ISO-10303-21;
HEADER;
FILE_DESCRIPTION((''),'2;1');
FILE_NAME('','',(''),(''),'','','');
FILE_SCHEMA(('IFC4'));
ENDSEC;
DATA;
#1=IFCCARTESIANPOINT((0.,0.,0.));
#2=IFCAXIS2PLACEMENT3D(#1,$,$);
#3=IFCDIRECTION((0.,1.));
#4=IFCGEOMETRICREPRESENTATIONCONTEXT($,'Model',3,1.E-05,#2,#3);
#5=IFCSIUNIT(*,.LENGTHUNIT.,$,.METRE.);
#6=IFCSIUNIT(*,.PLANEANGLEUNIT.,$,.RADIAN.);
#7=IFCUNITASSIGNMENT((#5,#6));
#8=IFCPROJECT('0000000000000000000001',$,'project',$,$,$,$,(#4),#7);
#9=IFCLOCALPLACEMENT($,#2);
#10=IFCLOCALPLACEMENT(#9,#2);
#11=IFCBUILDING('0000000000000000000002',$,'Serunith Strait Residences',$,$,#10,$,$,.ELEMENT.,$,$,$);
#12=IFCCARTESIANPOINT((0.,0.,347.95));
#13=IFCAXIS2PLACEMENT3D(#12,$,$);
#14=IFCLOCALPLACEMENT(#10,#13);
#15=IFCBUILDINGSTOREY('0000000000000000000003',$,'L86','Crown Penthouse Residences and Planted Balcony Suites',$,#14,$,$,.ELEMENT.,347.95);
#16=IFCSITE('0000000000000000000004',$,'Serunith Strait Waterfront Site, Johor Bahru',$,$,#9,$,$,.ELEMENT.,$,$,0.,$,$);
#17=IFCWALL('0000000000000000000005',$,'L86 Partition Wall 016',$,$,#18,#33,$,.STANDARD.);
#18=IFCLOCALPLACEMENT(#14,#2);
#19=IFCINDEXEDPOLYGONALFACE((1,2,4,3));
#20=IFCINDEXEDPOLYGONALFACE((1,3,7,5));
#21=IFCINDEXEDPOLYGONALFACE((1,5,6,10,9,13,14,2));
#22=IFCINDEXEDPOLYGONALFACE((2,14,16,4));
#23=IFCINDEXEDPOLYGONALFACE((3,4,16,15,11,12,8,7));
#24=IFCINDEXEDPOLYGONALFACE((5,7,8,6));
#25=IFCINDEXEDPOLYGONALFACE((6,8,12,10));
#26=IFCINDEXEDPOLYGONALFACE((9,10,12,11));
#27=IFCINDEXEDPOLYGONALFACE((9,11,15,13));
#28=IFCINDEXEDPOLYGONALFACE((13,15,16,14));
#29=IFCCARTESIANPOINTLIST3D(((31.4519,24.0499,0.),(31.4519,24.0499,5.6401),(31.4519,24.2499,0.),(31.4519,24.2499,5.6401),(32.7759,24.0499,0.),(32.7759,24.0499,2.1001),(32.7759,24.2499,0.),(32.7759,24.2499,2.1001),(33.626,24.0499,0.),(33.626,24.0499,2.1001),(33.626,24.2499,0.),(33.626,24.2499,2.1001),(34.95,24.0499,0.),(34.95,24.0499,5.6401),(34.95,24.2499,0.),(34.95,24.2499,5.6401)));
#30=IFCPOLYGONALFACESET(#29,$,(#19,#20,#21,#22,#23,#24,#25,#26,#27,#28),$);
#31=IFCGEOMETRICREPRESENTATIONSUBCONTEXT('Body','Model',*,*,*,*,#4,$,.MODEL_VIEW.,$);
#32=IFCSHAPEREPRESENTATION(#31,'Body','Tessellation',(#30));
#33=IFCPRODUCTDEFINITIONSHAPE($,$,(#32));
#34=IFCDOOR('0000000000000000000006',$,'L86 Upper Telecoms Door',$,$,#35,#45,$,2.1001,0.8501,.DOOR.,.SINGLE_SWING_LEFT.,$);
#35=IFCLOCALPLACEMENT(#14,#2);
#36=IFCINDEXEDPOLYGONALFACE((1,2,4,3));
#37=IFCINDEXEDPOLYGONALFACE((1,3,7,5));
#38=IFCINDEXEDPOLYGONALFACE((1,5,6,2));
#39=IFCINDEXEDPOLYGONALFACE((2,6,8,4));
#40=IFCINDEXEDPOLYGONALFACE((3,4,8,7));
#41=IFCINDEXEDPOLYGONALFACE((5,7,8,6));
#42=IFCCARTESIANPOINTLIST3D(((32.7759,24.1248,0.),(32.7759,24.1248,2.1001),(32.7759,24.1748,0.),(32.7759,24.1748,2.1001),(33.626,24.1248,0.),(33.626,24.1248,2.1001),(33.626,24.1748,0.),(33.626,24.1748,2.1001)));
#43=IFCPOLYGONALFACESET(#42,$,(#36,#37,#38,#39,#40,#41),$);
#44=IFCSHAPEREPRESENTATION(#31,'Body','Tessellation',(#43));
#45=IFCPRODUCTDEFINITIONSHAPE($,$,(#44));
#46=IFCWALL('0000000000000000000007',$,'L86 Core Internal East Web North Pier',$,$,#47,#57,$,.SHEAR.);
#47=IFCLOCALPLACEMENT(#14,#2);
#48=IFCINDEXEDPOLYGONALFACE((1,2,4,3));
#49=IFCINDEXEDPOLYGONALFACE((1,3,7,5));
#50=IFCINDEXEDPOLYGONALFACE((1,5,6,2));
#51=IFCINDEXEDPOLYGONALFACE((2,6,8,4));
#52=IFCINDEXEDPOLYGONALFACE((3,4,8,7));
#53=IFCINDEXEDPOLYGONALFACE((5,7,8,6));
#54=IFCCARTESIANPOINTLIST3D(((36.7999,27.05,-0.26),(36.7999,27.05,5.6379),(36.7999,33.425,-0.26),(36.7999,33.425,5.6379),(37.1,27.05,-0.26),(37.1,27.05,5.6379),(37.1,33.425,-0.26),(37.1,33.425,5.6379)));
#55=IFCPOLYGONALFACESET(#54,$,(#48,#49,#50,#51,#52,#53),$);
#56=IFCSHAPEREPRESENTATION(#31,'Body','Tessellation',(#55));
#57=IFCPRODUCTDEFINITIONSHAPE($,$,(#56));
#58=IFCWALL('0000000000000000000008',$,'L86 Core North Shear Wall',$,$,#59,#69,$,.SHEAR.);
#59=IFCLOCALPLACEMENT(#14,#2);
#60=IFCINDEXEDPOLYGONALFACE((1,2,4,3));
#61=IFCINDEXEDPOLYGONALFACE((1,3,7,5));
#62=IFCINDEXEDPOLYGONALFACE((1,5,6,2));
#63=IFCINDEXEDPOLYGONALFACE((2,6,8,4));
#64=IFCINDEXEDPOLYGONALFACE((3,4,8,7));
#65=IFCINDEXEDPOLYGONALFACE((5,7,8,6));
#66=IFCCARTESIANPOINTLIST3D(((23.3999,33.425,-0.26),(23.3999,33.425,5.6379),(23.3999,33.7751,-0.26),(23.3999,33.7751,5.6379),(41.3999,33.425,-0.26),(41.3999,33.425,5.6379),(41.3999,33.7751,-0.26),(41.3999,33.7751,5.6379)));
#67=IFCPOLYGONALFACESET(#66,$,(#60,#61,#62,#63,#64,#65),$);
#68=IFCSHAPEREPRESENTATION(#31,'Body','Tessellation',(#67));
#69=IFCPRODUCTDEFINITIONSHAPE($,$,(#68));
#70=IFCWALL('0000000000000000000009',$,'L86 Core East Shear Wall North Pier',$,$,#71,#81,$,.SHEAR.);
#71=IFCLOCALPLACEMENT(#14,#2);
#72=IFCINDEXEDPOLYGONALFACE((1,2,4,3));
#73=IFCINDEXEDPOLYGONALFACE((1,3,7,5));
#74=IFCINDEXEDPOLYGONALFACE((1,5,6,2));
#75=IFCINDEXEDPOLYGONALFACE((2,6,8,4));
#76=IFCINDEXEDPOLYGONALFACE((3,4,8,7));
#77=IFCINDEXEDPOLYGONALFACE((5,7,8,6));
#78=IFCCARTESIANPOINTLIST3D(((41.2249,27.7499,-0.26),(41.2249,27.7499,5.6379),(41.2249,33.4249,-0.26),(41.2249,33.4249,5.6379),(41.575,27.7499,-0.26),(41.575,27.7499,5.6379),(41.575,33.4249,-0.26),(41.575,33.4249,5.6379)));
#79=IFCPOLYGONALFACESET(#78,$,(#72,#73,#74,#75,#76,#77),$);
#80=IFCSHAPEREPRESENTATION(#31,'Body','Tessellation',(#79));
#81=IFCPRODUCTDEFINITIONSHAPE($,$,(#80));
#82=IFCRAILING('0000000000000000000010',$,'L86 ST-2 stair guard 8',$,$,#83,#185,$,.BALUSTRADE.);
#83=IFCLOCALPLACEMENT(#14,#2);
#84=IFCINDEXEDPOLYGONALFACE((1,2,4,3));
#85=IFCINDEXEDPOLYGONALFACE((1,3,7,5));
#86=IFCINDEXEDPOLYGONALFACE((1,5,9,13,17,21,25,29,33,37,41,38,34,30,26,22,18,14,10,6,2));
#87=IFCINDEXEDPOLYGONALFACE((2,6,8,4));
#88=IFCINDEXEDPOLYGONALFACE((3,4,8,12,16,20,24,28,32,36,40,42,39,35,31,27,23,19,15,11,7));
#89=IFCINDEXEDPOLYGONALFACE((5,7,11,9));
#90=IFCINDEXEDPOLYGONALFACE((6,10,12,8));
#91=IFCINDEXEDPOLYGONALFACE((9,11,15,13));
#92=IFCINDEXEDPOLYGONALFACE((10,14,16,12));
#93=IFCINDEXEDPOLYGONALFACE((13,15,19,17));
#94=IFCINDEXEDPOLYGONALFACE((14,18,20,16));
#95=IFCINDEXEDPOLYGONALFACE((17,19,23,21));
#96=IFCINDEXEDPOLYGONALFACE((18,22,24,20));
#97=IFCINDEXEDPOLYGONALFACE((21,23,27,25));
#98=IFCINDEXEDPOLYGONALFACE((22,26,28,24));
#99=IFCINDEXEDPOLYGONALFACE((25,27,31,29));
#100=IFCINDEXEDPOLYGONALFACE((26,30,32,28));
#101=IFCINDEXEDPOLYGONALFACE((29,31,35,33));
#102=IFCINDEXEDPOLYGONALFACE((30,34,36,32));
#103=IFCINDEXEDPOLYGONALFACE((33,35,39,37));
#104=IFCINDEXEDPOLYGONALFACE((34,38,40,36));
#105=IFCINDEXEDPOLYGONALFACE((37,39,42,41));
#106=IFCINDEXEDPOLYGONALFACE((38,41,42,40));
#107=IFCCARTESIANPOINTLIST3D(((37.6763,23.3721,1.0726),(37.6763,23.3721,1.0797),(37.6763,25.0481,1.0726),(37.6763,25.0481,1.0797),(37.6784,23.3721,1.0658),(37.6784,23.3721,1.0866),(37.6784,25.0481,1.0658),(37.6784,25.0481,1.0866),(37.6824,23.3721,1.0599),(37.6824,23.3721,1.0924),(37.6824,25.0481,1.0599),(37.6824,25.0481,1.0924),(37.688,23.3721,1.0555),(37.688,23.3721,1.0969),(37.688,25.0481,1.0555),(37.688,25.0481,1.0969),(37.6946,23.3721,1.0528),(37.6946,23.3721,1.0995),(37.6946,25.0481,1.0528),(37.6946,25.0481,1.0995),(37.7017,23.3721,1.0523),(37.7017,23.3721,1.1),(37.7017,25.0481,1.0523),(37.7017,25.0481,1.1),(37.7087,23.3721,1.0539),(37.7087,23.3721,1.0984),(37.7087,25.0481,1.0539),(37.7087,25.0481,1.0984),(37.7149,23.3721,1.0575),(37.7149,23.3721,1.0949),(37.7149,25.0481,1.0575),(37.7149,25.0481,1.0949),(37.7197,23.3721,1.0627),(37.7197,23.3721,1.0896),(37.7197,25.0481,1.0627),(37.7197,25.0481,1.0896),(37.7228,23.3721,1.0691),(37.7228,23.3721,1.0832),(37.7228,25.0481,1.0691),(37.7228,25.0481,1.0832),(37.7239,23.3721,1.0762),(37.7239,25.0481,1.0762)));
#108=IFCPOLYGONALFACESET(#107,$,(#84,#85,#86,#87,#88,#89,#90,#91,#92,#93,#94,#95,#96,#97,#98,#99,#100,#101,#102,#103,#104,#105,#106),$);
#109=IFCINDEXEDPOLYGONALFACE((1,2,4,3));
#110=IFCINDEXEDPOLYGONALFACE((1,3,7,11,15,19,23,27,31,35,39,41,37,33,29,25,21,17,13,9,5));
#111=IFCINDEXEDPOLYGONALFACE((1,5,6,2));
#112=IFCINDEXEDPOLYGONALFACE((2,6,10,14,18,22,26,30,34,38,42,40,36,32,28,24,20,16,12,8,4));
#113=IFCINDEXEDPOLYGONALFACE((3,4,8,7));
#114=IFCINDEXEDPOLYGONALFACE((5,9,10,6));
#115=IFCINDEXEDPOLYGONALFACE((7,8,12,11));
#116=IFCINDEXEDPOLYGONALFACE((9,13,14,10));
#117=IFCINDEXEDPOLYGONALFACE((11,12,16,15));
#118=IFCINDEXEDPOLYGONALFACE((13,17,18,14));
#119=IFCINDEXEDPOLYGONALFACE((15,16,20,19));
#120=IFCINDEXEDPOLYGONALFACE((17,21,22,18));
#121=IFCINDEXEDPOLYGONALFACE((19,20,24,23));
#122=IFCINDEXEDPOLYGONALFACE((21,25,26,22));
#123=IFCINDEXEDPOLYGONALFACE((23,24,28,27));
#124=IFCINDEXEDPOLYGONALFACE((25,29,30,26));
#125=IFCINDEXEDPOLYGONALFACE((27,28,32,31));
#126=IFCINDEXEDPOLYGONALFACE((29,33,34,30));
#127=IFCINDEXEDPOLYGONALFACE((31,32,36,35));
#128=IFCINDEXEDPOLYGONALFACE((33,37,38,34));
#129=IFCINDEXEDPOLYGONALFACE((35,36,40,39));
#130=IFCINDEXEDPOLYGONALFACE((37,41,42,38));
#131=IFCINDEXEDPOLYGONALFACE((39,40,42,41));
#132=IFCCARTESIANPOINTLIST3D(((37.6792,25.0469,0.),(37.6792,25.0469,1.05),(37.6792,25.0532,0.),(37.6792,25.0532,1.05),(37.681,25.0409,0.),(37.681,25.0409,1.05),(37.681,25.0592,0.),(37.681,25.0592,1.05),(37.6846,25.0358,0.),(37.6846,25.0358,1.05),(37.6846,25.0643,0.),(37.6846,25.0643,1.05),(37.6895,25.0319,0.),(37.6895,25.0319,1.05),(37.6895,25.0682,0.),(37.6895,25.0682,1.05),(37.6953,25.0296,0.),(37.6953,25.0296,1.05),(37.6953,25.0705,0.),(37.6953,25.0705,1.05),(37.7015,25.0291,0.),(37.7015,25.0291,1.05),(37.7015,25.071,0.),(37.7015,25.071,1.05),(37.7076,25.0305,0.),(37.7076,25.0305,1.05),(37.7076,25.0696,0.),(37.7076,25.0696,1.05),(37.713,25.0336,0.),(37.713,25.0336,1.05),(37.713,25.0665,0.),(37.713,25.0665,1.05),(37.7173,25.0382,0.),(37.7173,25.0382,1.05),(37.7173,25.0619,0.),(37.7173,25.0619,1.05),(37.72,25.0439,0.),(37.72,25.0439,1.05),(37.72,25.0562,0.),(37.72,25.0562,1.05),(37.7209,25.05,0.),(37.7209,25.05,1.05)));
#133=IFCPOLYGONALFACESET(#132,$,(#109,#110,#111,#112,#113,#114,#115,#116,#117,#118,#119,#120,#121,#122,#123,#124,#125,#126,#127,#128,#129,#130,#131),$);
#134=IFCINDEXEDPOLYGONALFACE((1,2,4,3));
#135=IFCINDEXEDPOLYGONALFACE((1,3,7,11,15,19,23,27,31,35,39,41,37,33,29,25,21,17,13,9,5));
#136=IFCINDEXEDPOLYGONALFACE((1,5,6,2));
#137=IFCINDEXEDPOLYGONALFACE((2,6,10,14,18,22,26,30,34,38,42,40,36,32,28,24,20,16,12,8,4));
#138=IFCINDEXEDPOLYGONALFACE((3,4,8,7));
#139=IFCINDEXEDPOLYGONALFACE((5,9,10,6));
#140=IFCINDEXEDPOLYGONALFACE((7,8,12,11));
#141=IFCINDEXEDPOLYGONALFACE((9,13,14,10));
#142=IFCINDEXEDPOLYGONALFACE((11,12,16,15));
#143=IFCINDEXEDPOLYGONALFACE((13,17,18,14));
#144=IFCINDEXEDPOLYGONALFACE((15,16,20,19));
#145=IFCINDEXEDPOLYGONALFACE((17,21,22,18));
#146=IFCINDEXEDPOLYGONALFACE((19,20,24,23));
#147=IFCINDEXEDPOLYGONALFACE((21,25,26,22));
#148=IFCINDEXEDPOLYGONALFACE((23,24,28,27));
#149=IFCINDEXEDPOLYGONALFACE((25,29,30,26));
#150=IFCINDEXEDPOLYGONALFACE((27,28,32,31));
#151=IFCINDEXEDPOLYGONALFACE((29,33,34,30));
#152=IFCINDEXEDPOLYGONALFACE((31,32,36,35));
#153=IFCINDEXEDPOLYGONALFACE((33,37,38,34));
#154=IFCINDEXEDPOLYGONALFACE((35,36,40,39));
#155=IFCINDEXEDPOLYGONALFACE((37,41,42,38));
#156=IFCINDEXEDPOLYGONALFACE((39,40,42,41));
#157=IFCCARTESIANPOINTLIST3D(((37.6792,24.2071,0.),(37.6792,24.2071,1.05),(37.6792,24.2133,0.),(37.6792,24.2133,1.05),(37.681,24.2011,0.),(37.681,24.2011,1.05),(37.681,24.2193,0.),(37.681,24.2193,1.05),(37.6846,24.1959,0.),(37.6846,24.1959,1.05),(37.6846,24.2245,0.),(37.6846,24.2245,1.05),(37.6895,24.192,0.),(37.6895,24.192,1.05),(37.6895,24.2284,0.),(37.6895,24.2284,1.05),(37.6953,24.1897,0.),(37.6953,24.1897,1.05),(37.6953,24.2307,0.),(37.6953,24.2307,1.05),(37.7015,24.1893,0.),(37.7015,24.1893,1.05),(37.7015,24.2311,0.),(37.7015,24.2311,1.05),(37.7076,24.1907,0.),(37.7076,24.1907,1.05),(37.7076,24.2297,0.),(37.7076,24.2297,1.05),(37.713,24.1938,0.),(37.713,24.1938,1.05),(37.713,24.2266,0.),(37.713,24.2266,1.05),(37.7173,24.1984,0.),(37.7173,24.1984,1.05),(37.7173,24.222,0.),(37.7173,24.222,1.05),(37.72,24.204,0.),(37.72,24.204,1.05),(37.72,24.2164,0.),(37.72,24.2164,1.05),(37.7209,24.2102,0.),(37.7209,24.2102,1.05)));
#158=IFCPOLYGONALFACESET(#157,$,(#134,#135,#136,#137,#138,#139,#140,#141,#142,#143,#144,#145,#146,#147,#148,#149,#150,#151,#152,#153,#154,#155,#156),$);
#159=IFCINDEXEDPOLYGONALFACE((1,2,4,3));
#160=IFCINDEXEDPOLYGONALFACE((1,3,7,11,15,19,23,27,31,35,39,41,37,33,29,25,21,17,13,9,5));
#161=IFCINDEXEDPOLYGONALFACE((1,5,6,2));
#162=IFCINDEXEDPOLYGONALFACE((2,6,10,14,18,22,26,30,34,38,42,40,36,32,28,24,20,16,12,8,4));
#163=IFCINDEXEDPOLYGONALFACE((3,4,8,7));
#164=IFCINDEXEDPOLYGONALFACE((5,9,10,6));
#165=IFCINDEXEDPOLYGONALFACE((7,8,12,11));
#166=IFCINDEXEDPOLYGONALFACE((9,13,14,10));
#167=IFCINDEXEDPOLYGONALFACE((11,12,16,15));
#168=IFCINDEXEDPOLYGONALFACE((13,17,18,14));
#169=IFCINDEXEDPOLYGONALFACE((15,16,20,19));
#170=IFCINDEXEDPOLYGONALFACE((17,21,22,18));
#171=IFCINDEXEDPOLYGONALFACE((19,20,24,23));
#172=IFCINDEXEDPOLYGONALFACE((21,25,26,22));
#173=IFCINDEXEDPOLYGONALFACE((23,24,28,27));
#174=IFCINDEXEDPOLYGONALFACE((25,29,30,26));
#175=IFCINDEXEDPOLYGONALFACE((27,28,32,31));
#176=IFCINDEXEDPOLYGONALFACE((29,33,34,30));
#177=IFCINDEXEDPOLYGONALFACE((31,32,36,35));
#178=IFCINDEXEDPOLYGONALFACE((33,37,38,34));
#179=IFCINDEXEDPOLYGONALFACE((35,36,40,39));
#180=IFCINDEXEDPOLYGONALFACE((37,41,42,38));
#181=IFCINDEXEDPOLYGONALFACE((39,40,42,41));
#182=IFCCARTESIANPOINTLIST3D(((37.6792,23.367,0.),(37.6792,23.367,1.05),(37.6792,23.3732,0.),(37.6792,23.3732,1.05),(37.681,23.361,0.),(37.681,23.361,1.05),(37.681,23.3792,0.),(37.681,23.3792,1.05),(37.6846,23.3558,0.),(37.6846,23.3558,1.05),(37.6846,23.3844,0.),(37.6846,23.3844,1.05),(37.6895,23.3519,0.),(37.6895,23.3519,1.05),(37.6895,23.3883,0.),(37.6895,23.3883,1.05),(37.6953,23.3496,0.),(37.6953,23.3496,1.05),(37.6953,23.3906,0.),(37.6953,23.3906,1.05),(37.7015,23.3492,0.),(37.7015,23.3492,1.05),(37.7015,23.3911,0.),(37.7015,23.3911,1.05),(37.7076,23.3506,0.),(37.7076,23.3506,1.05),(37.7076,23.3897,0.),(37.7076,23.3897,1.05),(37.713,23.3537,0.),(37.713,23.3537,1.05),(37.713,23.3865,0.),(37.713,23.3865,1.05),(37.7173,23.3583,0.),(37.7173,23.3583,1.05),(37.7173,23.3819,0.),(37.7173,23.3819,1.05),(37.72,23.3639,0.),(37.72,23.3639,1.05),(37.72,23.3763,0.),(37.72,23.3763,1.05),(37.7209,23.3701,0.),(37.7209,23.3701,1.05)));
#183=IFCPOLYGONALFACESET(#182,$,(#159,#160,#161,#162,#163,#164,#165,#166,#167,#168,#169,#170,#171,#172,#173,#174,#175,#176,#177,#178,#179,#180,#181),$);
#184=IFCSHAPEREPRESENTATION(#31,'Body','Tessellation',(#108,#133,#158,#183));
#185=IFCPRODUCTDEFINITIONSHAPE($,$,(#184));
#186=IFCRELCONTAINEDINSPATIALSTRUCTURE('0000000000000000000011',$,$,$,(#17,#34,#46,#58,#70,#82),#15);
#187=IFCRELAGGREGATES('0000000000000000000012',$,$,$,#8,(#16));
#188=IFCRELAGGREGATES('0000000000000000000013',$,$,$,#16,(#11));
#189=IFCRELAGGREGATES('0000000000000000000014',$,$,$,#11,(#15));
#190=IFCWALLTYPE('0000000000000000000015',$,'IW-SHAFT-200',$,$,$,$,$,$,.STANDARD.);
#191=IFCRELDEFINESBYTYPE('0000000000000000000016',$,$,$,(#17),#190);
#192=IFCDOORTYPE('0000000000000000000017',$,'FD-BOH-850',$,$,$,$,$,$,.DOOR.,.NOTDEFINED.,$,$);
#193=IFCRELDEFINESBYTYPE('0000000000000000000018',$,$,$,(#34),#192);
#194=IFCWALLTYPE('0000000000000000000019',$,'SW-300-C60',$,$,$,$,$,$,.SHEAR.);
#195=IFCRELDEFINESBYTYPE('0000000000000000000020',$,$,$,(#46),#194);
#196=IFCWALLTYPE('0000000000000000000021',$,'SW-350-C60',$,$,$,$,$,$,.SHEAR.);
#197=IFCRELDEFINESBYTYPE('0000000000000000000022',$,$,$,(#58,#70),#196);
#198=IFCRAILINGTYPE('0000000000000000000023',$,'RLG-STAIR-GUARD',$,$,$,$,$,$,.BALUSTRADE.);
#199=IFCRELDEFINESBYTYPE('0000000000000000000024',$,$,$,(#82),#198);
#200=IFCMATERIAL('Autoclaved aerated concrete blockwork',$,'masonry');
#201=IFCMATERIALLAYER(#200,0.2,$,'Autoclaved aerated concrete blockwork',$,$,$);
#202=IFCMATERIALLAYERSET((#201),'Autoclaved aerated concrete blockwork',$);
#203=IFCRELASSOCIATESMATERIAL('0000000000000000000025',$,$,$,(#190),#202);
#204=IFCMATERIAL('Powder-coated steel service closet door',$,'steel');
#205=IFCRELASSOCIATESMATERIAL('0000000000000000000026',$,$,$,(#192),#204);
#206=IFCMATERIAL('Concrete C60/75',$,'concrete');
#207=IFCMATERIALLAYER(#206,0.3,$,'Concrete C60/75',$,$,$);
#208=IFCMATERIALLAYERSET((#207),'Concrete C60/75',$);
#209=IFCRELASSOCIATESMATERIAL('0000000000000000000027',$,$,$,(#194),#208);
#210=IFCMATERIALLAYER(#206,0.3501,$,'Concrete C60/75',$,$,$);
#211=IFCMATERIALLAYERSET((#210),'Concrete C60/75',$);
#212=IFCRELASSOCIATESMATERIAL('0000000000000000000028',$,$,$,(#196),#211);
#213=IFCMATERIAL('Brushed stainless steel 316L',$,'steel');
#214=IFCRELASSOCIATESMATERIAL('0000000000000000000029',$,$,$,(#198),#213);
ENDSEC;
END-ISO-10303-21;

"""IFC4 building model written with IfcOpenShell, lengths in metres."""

from ifc_helpers import new_model, si_unit, direction, frame, frame_2d, origin, origin_2d, place, context, subcontext, project, spatial, rectangle, circle, extrude, source, transform, mapped, material, layer, layer_set, type_object, element, fill, save


model = new_model("IFC4")

# Units and contexts
model_context = context("Model", 3, precision=1e-05, world=origin(), true_north=direction((0.0, 1.0)))
body_context = subcontext(model_context, "Body", "Model", "MODEL_VIEW")
ifc_project = project(units=[si_unit("LENGTHUNIT", "METRE"), si_unit("PLANEANGLEUNIT", "RADIAN")], contexts=[model_context])

# Site, building, storey
site_placement = place(None, origin())
site = spatial("IfcSite", under=ifc_project, at=site_placement, Name="Serunith Strait Waterfront Site, Johor Bahru", CompositionType="ELEMENT", RefElevation=0.0)
building_placement = place(site_placement, origin())
building = spatial("IfcBuilding", under=site, at=building_placement, Name="Serunith Strait Residences", CompositionType="ELEMENT")
storey_placement = place(building_placement, frame((0.0, 0.0, 347.95)))
storey = spatial("IfcBuildingStorey", under=building, at=storey_placement, Name="L86", Description="Crown Penthouse Residences and Planted Balcony Suites", CompositionType="ELEMENT", Elevation=347.95)

# Shared definitions
ifc_material_1 = material(Name="Autoclaved aerated concrete blockwork", Category="masonry")
ifc_layer_1 = layer(ifc_material_1, 0.2, Name="Autoclaved aerated concrete blockwork")
ifc_layer_set_1 = layer_set([ifc_layer_1], Name="Autoclaved aerated concrete blockwork")
wall_type_1 = type_object("IfcWallType", Name="IW-SHAFT-200", PredefinedType="STANDARD", material=ifc_layer_set_1)

# Shared definitions
ifc_material_2 = material(Name="Powder-coated steel service closet door", Category="steel")
door_type_1 = type_object("IfcDoorType", Name="FD-BOH-850", OperationType="NOTDEFINED", PredefinedType="DOOR", material=ifc_material_2)
shared_shape_1 = source(origin(), body_context, "Body", "SweptSolid", [
    extrude(rectangle(XDim=0.8501, YDim=2.1001, at=frame_2d((0.425, 1.05))), frame((0.0, 0.0249, 0.0), z_axis=(0.0, -1.0, 0.0), x_axis=(1.0, 0.0, 0.0)), (0.0, 0.0, 1.0), 0.05),
])

# Wall, opening, door
wall_1_placement = place(storey_placement, frame((31.4519, 24.1499, 0.0), z_axis=(0.0, 0.0, 1.0), x_axis=(1.0, 0.0, 0.0)))
wall_1 = element("IfcWall", 1, at=wall_1_placement, inside=storey, type_object=wall_type_1, Name="L86 Partition Wall 016", PredefinedType="STANDARD", context=body_context, shape_type="SweptSolid", body=[
    extrude(rectangle(XDim=3.498, YDim=0.2, at=frame_2d((1.749, 0.0))), origin(), (0.0, 0.0, 1.0), 5.6401),
])
opening_1_placement = place(wall_1_placement, frame((1.324, 0.0, 0.0)))
opening_1 = element("IfcOpeningElement", 2, at=opening_1_placement, cuts=wall_1, PredefinedType="OPENING", context=body_context, shape_type="SweptSolid", body=[
    extrude(rectangle(XDim=0.8501, YDim=2.1001, at=frame_2d((0.425, 1.05))), frame((0.0, 0.1099, 0.0), z_axis=(0.0, -1.0, 0.0), x_axis=(1.0, 0.0, 0.0)), (0.0, 0.0, 1.0), 0.22),
])
door_1_placement = place(opening_1_placement, origin())
door_1 = element("IfcDoor", 3, at=door_1_placement, inside=storey, type_object=door_type_1, Name="L86 Upper Telecoms Door", OperationType="SINGLE_SWING_LEFT", OverallHeight=2.1001, OverallWidth=0.8501, PredefinedType="DOOR", context=body_context, shape_type="MappedRepresentation", body=[
    mapped(shared_shape_1, transform((0.0, 0.0, 0.0), scale=1.0)),
])
fill(opening_1, door_1)

# Walls
ifc_material_3 = material(Name="Concrete C60/75", Category="concrete")
ifc_layer_2 = layer(ifc_material_3, 0.3, Name="Concrete C60/75")
ifc_layer_set_2 = layer_set([ifc_layer_2], Name="Concrete C60/75")
wall_type_2 = type_object("IfcWallType", Name="SW-300-C60", PredefinedType="SHEAR", material=ifc_layer_set_2)
wall_2_placement = place(storey_placement, frame((36.95, 27.05, -0.26), z_axis=(0.0, 0.0, 1.0), x_axis=(0.0, 1.0, 0.0)))
element("IfcWall", 4, at=wall_2_placement, inside=storey, type_object=wall_type_2, Name="L86 Core Internal East Web North Pier", PredefinedType="SHEAR", context=body_context, shape_type="SweptSolid", body=[
    extrude(rectangle(XDim=6.375, YDim=0.3, at=frame_2d((3.1875, 0.0))), origin(), (0.0, 0.0, 1.0), 5.8979),
])
ifc_layer_3 = layer(ifc_material_3, 0.3501, Name="Concrete C60/75")
ifc_layer_set_3 = layer_set([ifc_layer_3], Name="Concrete C60/75")
wall_type_3 = type_object("IfcWallType", Name="SW-350-C60", PredefinedType="SHEAR", material=ifc_layer_set_3)
wall_3_placement = place(storey_placement, frame((41.3999, 33.6001, -0.26), z_axis=(0.0, 0.0, 1.0), x_axis=(-1.0, 0.0, 0.0)))
element("IfcWall", 5, at=wall_3_placement, inside=storey, type_object=wall_type_3, Name="L86 Core North Shear Wall", PredefinedType="SHEAR", context=body_context, shape_type="SweptSolid", body=[
    extrude(rectangle(XDim=18.0, YDim=0.3501, at=frame_2d((9.0, 0.0))), origin(), (0.0, 0.0, 1.0), 5.8979),
])
wall_4_placement = place(storey_placement, frame((41.3999, 27.75, -0.26), z_axis=(0.0, 0.0, 1.0), x_axis=(0.0, 1.0, 0.0)))
element("IfcWall", 6, at=wall_4_placement, inside=storey, type_object=wall_type_3, Name="L86 Core East Shear Wall North Pier", PredefinedType="SHEAR", context=body_context, shape_type="SweptSolid", body=[
    extrude(rectangle(XDim=5.675, YDim=0.3501, at=frame_2d((2.8374, 0.0))), origin(), (0.0, 0.0, 1.0), 5.8979),
])

# Railing
ifc_material_4 = material(Name="Brushed stainless steel 316L", Category="steel")
railing_type = type_object("IfcRailingType", Name="RLG-STAIR-GUARD", PredefinedType="BALUSTRADE", material=ifc_material_4)
for number, where, name in (
    (7, (37.7, 25.05, 0.0), "L86 ST-2 stair guard 8"),
):
    element("IfcRailing", number, at=place(storey_placement, frame(where)), inside=storey, type_object=railing_type, Name=name, PredefinedType="BALUSTRADE", context=body_context, shape_type="SweptSolid", body=[
        extrude(circle(Radius=0.0239, at=origin_2d()), frame((0.0, -0.002, 1.0762), z_axis=(0.0, -1.0, 0.0), x_axis=(1.0, 0.0, 0.0)), (0.0, 0.0, 1.0), 1.676),
        extrude(circle(Radius=0.021, at=origin_2d()), origin(), (0.0, 0.0, 1.0), 1.05),
        extrude(circle(Radius=0.021, at=origin_2d()), frame((0.0, -0.8398, 0.0)), (0.0, 0.0, 1.0), 1.05),
        extrude(circle(Radius=0.021, at=origin_2d()), frame((0.0, -1.6799, 0.0)), (0.0, 0.0, 1.0), 1.05),
    ])

save(model, "model.ifc")
